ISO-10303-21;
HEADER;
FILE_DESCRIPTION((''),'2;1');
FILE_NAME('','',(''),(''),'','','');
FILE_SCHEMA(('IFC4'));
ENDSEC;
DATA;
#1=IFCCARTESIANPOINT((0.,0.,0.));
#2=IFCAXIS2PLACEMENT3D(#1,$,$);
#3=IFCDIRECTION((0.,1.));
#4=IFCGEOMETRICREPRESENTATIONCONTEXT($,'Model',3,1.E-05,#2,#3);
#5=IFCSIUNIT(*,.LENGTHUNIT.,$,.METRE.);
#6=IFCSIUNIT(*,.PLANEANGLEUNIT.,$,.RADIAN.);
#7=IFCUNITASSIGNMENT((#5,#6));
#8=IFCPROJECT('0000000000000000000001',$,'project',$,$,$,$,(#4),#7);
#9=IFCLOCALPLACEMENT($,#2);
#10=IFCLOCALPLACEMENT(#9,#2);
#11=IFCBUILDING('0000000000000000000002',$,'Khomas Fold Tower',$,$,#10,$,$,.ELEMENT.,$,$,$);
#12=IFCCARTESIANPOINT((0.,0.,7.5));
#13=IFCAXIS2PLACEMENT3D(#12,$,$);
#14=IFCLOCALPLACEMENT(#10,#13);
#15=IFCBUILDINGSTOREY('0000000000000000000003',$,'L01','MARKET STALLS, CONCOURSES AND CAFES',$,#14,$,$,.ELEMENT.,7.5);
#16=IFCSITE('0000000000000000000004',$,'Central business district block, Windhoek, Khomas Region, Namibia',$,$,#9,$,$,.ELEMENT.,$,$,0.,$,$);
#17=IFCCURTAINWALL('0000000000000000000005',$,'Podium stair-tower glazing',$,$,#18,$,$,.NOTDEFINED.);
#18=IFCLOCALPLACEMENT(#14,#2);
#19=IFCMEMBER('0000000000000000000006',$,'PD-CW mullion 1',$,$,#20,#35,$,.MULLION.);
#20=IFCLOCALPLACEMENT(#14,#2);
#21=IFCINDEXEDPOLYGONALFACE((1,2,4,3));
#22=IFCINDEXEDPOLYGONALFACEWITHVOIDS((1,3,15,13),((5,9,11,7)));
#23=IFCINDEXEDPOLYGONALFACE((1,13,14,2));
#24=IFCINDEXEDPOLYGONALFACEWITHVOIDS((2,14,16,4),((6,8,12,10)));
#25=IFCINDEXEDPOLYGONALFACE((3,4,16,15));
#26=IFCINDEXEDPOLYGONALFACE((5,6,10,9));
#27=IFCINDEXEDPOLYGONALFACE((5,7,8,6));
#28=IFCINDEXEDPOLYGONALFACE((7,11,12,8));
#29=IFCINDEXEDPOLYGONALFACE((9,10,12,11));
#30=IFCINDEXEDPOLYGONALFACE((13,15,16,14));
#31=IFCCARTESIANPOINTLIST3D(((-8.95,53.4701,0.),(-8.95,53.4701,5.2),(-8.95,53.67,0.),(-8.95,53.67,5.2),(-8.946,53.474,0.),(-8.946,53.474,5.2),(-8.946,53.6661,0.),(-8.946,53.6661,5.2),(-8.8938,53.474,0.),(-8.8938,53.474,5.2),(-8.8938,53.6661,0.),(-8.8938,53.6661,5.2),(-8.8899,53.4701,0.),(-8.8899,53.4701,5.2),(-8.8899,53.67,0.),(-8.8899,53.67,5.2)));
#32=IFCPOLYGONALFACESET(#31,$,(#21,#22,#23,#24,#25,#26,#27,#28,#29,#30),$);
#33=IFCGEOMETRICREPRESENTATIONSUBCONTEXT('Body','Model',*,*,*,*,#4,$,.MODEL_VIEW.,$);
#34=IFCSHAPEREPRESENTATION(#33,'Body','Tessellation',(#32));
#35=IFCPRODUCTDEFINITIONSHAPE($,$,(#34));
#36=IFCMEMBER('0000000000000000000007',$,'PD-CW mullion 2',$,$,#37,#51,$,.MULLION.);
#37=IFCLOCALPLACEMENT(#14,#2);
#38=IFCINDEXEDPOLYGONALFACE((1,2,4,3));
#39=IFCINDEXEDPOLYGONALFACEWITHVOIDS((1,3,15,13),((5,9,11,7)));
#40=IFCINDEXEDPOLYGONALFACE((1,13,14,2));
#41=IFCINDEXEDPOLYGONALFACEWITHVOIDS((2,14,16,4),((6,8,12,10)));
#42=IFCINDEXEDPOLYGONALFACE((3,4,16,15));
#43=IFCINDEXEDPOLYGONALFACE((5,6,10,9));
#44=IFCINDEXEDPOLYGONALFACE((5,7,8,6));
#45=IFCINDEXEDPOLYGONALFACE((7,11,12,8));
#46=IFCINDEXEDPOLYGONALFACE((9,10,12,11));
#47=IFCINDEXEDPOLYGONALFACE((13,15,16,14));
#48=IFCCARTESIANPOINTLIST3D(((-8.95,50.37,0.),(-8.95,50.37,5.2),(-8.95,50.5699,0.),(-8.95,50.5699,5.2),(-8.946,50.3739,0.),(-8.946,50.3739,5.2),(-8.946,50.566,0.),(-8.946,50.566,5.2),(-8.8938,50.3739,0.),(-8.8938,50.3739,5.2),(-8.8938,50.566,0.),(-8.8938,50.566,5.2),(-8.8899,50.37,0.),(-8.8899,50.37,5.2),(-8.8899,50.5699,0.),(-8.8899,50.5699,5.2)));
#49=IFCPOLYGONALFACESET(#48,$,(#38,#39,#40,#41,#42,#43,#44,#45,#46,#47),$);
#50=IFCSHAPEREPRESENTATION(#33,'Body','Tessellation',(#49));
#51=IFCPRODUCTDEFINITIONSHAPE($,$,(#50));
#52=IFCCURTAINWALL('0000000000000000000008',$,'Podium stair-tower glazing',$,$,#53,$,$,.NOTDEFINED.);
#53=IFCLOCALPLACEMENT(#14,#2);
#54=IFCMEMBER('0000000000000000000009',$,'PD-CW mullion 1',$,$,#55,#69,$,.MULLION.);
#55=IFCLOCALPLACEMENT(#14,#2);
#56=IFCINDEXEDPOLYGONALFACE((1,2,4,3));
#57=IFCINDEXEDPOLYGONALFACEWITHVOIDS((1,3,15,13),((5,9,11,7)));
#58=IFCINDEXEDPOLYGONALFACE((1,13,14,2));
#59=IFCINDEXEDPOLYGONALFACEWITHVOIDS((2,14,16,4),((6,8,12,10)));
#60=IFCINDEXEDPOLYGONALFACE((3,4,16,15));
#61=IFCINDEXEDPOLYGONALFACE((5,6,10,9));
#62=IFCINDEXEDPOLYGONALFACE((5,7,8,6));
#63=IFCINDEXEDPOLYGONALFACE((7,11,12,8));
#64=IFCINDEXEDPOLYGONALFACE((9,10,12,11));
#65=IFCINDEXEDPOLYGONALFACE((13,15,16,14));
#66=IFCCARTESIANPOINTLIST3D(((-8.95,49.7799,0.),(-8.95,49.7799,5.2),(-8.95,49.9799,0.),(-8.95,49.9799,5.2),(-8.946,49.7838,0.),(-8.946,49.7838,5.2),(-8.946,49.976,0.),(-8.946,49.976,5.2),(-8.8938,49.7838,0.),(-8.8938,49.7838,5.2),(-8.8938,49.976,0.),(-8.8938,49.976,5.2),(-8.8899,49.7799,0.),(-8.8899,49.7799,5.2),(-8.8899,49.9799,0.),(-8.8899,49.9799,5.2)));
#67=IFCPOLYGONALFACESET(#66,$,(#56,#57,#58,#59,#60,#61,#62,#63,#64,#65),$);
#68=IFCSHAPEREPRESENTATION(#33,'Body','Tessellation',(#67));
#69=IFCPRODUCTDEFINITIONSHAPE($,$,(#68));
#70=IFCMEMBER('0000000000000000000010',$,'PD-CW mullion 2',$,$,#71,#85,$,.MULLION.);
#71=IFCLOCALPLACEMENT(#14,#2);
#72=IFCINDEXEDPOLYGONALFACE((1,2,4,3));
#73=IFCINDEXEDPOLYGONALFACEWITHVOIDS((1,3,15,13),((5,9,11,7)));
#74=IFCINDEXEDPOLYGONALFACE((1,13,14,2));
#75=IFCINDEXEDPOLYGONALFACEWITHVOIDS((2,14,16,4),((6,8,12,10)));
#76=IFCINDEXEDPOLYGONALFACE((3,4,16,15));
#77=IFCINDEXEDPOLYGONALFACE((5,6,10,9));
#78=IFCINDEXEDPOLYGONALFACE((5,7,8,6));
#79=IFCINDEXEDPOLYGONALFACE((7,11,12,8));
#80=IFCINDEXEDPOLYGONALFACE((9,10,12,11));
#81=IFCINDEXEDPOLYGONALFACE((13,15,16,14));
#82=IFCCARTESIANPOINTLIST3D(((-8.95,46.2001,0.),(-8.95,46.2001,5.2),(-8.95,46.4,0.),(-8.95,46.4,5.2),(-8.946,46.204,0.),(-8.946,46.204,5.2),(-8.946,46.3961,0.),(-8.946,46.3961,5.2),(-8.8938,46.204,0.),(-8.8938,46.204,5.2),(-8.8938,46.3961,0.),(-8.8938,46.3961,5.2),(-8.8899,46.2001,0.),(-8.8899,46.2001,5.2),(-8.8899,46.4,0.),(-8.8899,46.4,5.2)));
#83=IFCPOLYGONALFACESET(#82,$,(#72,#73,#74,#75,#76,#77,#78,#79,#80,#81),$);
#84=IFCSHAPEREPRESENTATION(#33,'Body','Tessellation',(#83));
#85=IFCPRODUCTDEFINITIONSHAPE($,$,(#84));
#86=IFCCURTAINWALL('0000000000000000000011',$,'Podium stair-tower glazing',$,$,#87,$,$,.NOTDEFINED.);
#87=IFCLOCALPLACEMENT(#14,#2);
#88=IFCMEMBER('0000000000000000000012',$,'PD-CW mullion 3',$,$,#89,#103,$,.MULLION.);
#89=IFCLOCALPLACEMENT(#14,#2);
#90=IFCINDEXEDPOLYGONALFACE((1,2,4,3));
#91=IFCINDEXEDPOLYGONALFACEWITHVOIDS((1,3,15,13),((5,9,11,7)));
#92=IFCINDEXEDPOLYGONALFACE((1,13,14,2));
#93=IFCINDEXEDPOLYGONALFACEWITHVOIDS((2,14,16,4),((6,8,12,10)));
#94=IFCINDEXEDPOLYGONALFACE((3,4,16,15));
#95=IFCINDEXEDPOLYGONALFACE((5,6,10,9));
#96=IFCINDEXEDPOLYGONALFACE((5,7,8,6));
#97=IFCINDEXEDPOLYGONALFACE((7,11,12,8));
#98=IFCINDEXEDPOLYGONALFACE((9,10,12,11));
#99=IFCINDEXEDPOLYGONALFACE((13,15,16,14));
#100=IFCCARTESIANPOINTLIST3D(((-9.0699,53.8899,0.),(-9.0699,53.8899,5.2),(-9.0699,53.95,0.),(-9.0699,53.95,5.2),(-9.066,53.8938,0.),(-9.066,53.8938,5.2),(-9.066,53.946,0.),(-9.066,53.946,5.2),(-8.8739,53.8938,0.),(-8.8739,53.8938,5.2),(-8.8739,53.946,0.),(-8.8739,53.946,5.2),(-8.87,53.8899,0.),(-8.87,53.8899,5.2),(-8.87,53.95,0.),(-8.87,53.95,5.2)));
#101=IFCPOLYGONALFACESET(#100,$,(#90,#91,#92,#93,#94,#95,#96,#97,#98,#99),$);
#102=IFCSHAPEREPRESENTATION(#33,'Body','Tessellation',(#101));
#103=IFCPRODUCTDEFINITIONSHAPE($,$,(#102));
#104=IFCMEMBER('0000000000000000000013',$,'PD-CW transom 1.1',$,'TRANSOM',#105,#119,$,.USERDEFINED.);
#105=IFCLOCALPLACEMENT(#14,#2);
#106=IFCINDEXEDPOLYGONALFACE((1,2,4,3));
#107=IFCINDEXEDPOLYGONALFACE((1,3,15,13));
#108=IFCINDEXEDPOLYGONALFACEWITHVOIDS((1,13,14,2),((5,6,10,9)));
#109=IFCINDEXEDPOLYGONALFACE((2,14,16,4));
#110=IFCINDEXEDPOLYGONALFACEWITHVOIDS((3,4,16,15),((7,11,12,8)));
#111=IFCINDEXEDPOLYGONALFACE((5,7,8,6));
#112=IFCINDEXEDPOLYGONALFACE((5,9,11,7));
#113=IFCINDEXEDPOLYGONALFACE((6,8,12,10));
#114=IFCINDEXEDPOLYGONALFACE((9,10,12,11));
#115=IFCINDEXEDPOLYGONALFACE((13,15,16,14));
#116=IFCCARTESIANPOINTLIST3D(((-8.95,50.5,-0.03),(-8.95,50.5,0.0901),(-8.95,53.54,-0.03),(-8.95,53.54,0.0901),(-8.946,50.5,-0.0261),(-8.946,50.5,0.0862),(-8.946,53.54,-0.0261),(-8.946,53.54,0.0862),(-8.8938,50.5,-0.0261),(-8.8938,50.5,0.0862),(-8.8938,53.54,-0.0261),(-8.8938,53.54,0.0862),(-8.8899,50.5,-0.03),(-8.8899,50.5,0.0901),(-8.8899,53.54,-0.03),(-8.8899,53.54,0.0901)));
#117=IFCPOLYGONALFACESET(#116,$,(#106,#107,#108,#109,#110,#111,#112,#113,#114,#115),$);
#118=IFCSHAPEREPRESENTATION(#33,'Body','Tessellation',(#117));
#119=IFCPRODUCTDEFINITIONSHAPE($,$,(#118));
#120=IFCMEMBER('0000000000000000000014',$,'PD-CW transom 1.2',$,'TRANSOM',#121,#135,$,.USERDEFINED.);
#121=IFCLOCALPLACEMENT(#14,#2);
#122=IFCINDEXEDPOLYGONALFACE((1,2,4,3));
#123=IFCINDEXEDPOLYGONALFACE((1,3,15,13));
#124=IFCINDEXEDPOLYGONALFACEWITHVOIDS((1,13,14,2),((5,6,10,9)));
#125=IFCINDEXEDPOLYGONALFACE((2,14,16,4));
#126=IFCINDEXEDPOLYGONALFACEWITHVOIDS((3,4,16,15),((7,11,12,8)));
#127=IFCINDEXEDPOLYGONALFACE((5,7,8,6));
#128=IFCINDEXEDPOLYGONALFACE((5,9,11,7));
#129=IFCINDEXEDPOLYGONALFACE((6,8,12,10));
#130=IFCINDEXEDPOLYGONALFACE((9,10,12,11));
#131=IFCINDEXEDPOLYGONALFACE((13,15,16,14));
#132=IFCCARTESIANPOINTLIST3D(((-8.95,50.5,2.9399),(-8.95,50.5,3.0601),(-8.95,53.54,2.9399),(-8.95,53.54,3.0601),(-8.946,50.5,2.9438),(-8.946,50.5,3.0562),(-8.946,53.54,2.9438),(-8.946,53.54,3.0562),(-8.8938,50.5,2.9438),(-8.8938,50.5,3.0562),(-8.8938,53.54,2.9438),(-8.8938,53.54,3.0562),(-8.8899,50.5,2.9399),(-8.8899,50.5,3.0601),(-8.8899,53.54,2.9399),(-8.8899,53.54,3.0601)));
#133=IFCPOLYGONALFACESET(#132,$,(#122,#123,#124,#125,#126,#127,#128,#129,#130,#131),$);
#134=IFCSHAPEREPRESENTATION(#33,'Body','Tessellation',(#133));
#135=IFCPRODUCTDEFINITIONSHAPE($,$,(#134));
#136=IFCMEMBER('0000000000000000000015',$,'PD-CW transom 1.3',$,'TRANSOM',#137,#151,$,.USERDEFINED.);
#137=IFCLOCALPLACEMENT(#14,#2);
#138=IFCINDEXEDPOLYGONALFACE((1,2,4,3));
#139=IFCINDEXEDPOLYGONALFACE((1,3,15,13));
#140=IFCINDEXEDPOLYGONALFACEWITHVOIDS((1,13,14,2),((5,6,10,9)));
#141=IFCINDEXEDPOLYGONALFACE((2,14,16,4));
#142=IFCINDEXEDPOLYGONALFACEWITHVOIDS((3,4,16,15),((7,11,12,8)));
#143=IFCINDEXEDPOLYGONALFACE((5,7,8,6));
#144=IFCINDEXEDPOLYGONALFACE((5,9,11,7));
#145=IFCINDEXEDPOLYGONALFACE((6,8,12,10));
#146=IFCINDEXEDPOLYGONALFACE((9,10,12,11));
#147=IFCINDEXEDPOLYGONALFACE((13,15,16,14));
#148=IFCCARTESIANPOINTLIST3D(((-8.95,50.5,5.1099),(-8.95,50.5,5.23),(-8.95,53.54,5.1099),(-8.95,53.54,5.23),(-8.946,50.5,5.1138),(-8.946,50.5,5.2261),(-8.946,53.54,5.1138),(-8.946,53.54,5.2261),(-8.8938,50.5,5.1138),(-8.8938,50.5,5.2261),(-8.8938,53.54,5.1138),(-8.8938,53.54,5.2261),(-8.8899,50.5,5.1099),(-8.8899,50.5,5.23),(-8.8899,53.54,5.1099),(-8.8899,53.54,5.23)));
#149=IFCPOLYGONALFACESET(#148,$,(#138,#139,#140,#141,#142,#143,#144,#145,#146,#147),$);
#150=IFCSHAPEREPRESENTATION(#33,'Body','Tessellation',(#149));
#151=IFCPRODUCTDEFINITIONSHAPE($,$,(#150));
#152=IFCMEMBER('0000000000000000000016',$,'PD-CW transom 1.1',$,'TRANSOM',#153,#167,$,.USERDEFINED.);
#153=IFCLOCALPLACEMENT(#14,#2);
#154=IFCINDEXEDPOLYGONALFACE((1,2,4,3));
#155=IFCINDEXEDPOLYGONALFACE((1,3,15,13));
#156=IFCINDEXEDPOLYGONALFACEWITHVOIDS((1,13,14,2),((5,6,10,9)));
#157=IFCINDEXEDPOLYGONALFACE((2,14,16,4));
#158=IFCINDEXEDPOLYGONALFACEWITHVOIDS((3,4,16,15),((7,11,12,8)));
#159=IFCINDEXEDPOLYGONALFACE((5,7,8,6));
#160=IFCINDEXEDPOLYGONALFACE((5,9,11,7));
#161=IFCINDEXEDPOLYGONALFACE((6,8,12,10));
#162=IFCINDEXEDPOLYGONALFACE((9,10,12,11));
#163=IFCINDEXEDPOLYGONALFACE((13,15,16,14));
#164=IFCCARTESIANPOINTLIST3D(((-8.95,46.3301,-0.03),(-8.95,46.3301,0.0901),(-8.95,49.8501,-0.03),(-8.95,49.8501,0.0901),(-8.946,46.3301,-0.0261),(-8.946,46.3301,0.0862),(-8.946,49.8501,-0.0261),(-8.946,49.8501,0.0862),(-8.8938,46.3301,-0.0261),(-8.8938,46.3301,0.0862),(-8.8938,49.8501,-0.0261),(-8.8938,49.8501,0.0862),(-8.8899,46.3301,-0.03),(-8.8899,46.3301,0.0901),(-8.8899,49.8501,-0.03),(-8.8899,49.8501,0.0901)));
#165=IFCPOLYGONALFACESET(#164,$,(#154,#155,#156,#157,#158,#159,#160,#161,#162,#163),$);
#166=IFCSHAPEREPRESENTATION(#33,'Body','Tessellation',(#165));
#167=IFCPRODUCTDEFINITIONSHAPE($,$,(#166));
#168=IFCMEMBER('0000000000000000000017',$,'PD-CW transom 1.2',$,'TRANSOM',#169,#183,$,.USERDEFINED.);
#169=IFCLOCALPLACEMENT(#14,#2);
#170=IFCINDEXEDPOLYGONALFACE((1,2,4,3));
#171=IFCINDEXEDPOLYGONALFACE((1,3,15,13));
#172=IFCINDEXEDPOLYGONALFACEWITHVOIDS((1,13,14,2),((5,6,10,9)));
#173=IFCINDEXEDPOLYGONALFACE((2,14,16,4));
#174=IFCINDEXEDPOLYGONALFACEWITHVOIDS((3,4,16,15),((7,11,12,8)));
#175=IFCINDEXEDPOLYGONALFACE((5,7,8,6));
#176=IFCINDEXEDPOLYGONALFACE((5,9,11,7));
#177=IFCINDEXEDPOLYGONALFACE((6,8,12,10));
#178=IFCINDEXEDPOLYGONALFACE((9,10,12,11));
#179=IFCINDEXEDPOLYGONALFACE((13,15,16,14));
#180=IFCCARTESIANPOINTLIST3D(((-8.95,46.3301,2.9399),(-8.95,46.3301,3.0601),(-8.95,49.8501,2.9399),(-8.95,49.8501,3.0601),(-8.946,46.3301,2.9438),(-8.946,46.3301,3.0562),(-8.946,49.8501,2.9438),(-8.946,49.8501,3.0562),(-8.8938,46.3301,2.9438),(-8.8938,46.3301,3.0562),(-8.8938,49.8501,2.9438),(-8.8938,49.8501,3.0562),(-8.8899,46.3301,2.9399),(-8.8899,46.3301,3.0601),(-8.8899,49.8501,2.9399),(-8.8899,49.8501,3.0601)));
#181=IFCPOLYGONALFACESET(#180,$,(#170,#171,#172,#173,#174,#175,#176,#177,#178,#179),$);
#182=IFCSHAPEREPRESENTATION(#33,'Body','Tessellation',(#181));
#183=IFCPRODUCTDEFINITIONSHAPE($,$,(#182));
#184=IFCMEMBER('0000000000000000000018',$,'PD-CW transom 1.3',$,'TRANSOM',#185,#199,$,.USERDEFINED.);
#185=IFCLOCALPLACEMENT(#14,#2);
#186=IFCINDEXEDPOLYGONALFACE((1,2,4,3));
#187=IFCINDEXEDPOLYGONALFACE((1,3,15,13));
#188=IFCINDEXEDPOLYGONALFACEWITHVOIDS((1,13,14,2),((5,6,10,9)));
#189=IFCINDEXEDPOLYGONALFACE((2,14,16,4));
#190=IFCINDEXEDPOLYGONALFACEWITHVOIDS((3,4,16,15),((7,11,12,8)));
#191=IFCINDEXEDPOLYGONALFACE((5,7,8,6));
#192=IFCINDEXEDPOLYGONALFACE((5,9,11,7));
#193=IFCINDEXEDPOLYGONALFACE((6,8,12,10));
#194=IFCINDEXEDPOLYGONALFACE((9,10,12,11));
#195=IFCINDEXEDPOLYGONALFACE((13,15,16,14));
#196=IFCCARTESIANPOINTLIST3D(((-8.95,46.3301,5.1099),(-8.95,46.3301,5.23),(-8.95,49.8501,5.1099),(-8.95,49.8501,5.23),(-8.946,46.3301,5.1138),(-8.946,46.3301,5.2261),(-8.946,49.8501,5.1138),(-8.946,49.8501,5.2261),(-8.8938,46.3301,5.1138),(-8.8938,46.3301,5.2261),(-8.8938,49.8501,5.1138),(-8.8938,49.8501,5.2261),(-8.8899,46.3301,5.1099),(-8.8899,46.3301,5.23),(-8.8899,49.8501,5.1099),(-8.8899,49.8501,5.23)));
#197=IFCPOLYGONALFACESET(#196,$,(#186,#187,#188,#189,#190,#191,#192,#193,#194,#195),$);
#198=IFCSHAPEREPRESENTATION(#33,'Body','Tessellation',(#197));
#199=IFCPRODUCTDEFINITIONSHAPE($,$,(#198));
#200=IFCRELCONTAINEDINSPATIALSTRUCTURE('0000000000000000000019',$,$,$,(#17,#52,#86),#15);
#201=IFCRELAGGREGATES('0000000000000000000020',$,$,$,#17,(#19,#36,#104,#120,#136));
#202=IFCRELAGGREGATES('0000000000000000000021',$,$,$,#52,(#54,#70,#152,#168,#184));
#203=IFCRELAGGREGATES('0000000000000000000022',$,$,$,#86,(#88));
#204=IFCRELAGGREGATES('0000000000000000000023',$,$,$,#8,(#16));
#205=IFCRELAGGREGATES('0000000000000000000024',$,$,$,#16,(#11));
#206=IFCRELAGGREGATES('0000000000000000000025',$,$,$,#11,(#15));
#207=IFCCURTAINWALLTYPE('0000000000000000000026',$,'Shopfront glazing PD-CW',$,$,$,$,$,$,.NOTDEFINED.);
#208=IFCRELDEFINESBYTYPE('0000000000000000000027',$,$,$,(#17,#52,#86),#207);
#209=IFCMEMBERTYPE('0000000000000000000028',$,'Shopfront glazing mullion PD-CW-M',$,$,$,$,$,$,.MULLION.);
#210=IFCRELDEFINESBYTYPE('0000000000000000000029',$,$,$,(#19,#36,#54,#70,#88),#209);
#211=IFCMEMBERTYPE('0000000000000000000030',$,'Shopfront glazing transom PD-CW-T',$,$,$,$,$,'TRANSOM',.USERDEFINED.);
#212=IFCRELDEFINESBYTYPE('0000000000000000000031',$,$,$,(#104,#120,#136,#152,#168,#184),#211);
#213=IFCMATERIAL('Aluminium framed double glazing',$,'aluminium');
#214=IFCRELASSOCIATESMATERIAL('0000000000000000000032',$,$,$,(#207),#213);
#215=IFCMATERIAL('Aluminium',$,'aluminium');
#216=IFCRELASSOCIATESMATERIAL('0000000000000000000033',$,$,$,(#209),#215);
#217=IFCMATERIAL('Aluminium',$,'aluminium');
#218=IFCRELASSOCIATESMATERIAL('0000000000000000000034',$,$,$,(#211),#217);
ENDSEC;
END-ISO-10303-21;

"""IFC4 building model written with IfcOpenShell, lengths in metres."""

from ifc_helpers import new_model, si_unit, direction, frame, origin, origin_2d, place, context, subcontext, project, spatial, hollow_rectangle, extrude, source, transform, mapped, material, material_profile, profile_set, type_object, element, aggregate, save


model = new_model("IFC4")

# Units and contexts
model_context = context("Model", 3, precision=1e-05, world=origin(), true_north=direction((0.0, 1.0)))
body_context = subcontext(model_context, "Body", "Model", "MODEL_VIEW")
ifc_project = project(units=[si_unit("LENGTHUNIT", "METRE"), si_unit("PLANEANGLEUNIT", "RADIAN")], contexts=[model_context])

# Site, building, storey
site_placement = place(None, origin())
site = spatial("IfcSite", under=ifc_project, at=site_placement, Name="Central business district block, Windhoek, Khomas Region, Namibia", CompositionType="ELEMENT", RefElevation=0.0)
building_placement = place(site_placement, origin())
building = spatial("IfcBuilding", under=site, at=building_placement, Name="Khomas Fold Tower", CompositionType="ELEMENT")
storey_placement = place(building_placement, frame((0.0, 0.0, 7.5)))
storey = spatial("IfcBuildingStorey", under=building, at=storey_placement, Name="L01", Description="MARKET STALLS, CONCOURSES AND CAFES", CompositionType="ELEMENT", Elevation=7.5)

# Curtain walls, members
ifc_material_1 = material(Name="Aluminium framed double glazing", Category="aluminium")
curtain_wall_type = type_object("IfcCurtainWallType", Name="Shopfront glazing PD-CW", PredefinedType="NOTDEFINED", material=ifc_material_1)
curtain_wall_1_placement = place(storey_placement, origin())
curtain_wall_1 = element("IfcCurtainWall", 1, at=curtain_wall_1_placement, inside=storey, type_object=curtain_wall_type, Name="Podium stair-tower glazing", PredefinedType="NOTDEFINED")
ifc_material_2 = material(Name="Aluminium", Category="aluminium")
ifc_material_profile_1 = material_profile(ifc_material_2, hollow_rectangle(XDim=0.0601, YDim=0.2, WallThickness=0.0039, at=origin_2d()), Name="Shopfront glazing mullion PD-CW-M")
ifc_profile_set_1 = profile_set([ifc_material_profile_1], Name="Aluminium")
member_type_1 = type_object("IfcMemberType", Name="Shopfront glazing mullion PD-CW-M", PredefinedType="MULLION", material=ifc_profile_set_1)
shared_shape_1 = source(origin(), body_context, "Body", "SweptSolid", [
    extrude(hollow_rectangle(XDim=0.0601, YDim=0.2, WallThickness=0.0039, at=origin_2d()), origin(), (0.0, 0.0, 1.0), 5.2),
])
member_1_placement = place(storey_placement, frame((-8.9199, 53.5701, 0.0), z_axis=(0.0, 0.0, 1.0), x_axis=(1.0, 0.0, 0.0)))
member_1 = element("IfcMember", 2, at=member_1_placement, type_object=member_type_1, Name="PD-CW mullion 1", PredefinedType="MULLION", context=body_context, shape_type="MappedRepresentation", body=[
    mapped(shared_shape_1, transform((0.0, 0.0, 0.0))),
])
member_2_placement = place(storey_placement, frame((-8.9199, 50.47, 0.0), z_axis=(0.0, 0.0, 1.0), x_axis=(1.0, 0.0, 0.0)))
member_2 = element("IfcMember", 3, at=member_2_placement, type_object=member_type_1, Name="PD-CW mullion 2", PredefinedType="MULLION", context=body_context, shape_type="MappedRepresentation", body=[
    mapped(shared_shape_1, transform((0.0, 0.0, 0.0))),
])
curtain_wall_2_placement = place(storey_placement, origin())
curtain_wall_2 = element("IfcCurtainWall", 4, at=curtain_wall_2_placement, inside=storey, type_object=curtain_wall_type, Name="Podium stair-tower glazing", PredefinedType="NOTDEFINED")
member_3_placement = place(storey_placement, frame((-8.9199, 49.8799, 0.0), z_axis=(0.0, 0.0, 1.0), x_axis=(1.0, 0.0, 0.0)))
member_3 = element("IfcMember", 5, at=member_3_placement, type_object=member_type_1, Name="PD-CW mullion 1", PredefinedType="MULLION", context=body_context, shape_type="MappedRepresentation", body=[
    mapped(shared_shape_1, transform((0.0, 0.0, 0.0))),
])
member_4_placement = place(storey_placement, frame((-8.9199, 46.3, 0.0), z_axis=(0.0, 0.0, 1.0), x_axis=(1.0, 0.0, 0.0)))
member_4 = element("IfcMember", 6, at=member_4_placement, type_object=member_type_1, Name="PD-CW mullion 2", PredefinedType="MULLION", context=body_context, shape_type="MappedRepresentation", body=[
    mapped(shared_shape_1, transform((0.0, 0.0, 0.0))),
])

# Curtain wall, member
curtain_wall_3_placement = place(storey_placement, origin())
curtain_wall_3 = element("IfcCurtainWall", 7, at=curtain_wall_3_placement, inside=storey, type_object=curtain_wall_type, Name="Podium stair-tower glazing", PredefinedType="NOTDEFINED")
member_5_placement = place(storey_placement, frame((-8.97, 53.9199, 0.0), z_axis=(0.0, 0.0, 1.0), x_axis=(0.0, -1.0, 0.0)))
member_5 = element("IfcMember", 8, at=member_5_placement, type_object=member_type_1, Name="PD-CW mullion 3", PredefinedType="MULLION", context=body_context, shape_type="MappedRepresentation", body=[
    mapped(shared_shape_1, transform((0.0, 0.0, 0.0))),
])

# Members
ifc_material_3 = material(Name="Aluminium", Category="aluminium")
ifc_material_profile_2 = material_profile(ifc_material_3, hollow_rectangle(XDim=0.0601, YDim=0.1201, WallThickness=0.0039, at=origin_2d()), Name="Shopfront glazing transom PD-CW-T")
ifc_profile_set_2 = profile_set([ifc_material_profile_2], Name="Aluminium")
member_type_2 = type_object("IfcMemberType", Name="Shopfront glazing transom PD-CW-T", ElementType="TRANSOM", PredefinedType="USERDEFINED", material=ifc_profile_set_2)
shared_shape_2 = source(origin(), body_context, "Body", "SweptSolid", [
    extrude(hollow_rectangle(XDim=0.0601, YDim=0.1201, WallThickness=0.0039, at=origin_2d()), origin(), (0.0, 0.0, 1.0), 3.04),
])
member_6_placement = place(storey_placement, frame((-8.9199, 53.54, 0.03), z_axis=(0.0, -1.0, 0.0), x_axis=(1.0, 0.0, 0.0)))
member_6 = element("IfcMember", 9, at=member_6_placement, type_object=member_type_2, Name="PD-CW transom 1.1", ObjectType="TRANSOM", PredefinedType="USERDEFINED", context=body_context, shape_type="MappedRepresentation", body=[
    mapped(shared_shape_2, transform((0.0, 0.0, 0.0))),
])
member_7_placement = place(storey_placement, frame((-8.9199, 53.54, 3.0), z_axis=(0.0, -1.0, 0.0), x_axis=(1.0, 0.0, 0.0)))
member_7 = element("IfcMember", 10, at=member_7_placement, type_object=member_type_2, Name="PD-CW transom 1.2", ObjectType="TRANSOM", PredefinedType="USERDEFINED", context=body_context, shape_type="MappedRepresentation", body=[
    mapped(shared_shape_2, transform((0.0, 0.0, 0.0))),
])
member_8_placement = place(storey_placement, frame((-8.9199, 53.54, 5.1699), z_axis=(0.0, -1.0, 0.0), x_axis=(1.0, 0.0, 0.0)))
member_8 = element("IfcMember", 11, at=member_8_placement, type_object=member_type_2, Name="PD-CW transom 1.3", ObjectType="TRANSOM", PredefinedType="USERDEFINED", context=body_context, shape_type="MappedRepresentation", body=[
    mapped(shared_shape_2, transform((0.0, 0.0, 0.0))),
])
shared_shape_3 = source(origin(), body_context, "Body", "SweptSolid", [
    extrude(hollow_rectangle(XDim=0.0601, YDim=0.1201, WallThickness=0.0039, at=origin_2d()), origin(), (0.0, 0.0, 1.0), 3.52),
])
member_9_placement = place(storey_placement, frame((-8.9199, 49.8501, 0.03), z_axis=(0.0, -1.0, 0.0), x_axis=(1.0, 0.0, 0.0)))
member_9 = element("IfcMember", 12, at=member_9_placement, type_object=member_type_2, Name="PD-CW transom 1.1", ObjectType="TRANSOM", PredefinedType="USERDEFINED", context=body_context, shape_type="MappedRepresentation", body=[
    mapped(shared_shape_3, transform((0.0, 0.0, 0.0))),
])
member_10_placement = place(storey_placement, frame((-8.9199, 49.8501, 3.0), z_axis=(0.0, -1.0, 0.0), x_axis=(1.0, 0.0, 0.0)))
member_10 = element("IfcMember", 13, at=member_10_placement, type_object=member_type_2, Name="PD-CW transom 1.2", ObjectType="TRANSOM", PredefinedType="USERDEFINED", context=body_context, shape_type="MappedRepresentation", body=[
    mapped(shared_shape_3, transform((0.0, 0.0, 0.0))),
])
member_11_placement = place(storey_placement, frame((-8.9199, 49.8501, 5.1699), z_axis=(0.0, -1.0, 0.0), x_axis=(1.0, 0.0, 0.0)))
member_11 = element("IfcMember", 14, at=member_11_placement, type_object=member_type_2, Name="PD-CW transom 1.3", ObjectType="TRANSOM", PredefinedType="USERDEFINED", context=body_context, shape_type="MappedRepresentation", body=[
    mapped(shared_shape_3, transform((0.0, 0.0, 0.0))),
])

aggregate(curtain_wall_1, [member_1, member_2, member_6, member_7, member_8])
aggregate(curtain_wall_2, [member_3, member_4, member_9, member_10, member_11])
aggregate(curtain_wall_3, [member_5])

save(model, "model.ifc")
